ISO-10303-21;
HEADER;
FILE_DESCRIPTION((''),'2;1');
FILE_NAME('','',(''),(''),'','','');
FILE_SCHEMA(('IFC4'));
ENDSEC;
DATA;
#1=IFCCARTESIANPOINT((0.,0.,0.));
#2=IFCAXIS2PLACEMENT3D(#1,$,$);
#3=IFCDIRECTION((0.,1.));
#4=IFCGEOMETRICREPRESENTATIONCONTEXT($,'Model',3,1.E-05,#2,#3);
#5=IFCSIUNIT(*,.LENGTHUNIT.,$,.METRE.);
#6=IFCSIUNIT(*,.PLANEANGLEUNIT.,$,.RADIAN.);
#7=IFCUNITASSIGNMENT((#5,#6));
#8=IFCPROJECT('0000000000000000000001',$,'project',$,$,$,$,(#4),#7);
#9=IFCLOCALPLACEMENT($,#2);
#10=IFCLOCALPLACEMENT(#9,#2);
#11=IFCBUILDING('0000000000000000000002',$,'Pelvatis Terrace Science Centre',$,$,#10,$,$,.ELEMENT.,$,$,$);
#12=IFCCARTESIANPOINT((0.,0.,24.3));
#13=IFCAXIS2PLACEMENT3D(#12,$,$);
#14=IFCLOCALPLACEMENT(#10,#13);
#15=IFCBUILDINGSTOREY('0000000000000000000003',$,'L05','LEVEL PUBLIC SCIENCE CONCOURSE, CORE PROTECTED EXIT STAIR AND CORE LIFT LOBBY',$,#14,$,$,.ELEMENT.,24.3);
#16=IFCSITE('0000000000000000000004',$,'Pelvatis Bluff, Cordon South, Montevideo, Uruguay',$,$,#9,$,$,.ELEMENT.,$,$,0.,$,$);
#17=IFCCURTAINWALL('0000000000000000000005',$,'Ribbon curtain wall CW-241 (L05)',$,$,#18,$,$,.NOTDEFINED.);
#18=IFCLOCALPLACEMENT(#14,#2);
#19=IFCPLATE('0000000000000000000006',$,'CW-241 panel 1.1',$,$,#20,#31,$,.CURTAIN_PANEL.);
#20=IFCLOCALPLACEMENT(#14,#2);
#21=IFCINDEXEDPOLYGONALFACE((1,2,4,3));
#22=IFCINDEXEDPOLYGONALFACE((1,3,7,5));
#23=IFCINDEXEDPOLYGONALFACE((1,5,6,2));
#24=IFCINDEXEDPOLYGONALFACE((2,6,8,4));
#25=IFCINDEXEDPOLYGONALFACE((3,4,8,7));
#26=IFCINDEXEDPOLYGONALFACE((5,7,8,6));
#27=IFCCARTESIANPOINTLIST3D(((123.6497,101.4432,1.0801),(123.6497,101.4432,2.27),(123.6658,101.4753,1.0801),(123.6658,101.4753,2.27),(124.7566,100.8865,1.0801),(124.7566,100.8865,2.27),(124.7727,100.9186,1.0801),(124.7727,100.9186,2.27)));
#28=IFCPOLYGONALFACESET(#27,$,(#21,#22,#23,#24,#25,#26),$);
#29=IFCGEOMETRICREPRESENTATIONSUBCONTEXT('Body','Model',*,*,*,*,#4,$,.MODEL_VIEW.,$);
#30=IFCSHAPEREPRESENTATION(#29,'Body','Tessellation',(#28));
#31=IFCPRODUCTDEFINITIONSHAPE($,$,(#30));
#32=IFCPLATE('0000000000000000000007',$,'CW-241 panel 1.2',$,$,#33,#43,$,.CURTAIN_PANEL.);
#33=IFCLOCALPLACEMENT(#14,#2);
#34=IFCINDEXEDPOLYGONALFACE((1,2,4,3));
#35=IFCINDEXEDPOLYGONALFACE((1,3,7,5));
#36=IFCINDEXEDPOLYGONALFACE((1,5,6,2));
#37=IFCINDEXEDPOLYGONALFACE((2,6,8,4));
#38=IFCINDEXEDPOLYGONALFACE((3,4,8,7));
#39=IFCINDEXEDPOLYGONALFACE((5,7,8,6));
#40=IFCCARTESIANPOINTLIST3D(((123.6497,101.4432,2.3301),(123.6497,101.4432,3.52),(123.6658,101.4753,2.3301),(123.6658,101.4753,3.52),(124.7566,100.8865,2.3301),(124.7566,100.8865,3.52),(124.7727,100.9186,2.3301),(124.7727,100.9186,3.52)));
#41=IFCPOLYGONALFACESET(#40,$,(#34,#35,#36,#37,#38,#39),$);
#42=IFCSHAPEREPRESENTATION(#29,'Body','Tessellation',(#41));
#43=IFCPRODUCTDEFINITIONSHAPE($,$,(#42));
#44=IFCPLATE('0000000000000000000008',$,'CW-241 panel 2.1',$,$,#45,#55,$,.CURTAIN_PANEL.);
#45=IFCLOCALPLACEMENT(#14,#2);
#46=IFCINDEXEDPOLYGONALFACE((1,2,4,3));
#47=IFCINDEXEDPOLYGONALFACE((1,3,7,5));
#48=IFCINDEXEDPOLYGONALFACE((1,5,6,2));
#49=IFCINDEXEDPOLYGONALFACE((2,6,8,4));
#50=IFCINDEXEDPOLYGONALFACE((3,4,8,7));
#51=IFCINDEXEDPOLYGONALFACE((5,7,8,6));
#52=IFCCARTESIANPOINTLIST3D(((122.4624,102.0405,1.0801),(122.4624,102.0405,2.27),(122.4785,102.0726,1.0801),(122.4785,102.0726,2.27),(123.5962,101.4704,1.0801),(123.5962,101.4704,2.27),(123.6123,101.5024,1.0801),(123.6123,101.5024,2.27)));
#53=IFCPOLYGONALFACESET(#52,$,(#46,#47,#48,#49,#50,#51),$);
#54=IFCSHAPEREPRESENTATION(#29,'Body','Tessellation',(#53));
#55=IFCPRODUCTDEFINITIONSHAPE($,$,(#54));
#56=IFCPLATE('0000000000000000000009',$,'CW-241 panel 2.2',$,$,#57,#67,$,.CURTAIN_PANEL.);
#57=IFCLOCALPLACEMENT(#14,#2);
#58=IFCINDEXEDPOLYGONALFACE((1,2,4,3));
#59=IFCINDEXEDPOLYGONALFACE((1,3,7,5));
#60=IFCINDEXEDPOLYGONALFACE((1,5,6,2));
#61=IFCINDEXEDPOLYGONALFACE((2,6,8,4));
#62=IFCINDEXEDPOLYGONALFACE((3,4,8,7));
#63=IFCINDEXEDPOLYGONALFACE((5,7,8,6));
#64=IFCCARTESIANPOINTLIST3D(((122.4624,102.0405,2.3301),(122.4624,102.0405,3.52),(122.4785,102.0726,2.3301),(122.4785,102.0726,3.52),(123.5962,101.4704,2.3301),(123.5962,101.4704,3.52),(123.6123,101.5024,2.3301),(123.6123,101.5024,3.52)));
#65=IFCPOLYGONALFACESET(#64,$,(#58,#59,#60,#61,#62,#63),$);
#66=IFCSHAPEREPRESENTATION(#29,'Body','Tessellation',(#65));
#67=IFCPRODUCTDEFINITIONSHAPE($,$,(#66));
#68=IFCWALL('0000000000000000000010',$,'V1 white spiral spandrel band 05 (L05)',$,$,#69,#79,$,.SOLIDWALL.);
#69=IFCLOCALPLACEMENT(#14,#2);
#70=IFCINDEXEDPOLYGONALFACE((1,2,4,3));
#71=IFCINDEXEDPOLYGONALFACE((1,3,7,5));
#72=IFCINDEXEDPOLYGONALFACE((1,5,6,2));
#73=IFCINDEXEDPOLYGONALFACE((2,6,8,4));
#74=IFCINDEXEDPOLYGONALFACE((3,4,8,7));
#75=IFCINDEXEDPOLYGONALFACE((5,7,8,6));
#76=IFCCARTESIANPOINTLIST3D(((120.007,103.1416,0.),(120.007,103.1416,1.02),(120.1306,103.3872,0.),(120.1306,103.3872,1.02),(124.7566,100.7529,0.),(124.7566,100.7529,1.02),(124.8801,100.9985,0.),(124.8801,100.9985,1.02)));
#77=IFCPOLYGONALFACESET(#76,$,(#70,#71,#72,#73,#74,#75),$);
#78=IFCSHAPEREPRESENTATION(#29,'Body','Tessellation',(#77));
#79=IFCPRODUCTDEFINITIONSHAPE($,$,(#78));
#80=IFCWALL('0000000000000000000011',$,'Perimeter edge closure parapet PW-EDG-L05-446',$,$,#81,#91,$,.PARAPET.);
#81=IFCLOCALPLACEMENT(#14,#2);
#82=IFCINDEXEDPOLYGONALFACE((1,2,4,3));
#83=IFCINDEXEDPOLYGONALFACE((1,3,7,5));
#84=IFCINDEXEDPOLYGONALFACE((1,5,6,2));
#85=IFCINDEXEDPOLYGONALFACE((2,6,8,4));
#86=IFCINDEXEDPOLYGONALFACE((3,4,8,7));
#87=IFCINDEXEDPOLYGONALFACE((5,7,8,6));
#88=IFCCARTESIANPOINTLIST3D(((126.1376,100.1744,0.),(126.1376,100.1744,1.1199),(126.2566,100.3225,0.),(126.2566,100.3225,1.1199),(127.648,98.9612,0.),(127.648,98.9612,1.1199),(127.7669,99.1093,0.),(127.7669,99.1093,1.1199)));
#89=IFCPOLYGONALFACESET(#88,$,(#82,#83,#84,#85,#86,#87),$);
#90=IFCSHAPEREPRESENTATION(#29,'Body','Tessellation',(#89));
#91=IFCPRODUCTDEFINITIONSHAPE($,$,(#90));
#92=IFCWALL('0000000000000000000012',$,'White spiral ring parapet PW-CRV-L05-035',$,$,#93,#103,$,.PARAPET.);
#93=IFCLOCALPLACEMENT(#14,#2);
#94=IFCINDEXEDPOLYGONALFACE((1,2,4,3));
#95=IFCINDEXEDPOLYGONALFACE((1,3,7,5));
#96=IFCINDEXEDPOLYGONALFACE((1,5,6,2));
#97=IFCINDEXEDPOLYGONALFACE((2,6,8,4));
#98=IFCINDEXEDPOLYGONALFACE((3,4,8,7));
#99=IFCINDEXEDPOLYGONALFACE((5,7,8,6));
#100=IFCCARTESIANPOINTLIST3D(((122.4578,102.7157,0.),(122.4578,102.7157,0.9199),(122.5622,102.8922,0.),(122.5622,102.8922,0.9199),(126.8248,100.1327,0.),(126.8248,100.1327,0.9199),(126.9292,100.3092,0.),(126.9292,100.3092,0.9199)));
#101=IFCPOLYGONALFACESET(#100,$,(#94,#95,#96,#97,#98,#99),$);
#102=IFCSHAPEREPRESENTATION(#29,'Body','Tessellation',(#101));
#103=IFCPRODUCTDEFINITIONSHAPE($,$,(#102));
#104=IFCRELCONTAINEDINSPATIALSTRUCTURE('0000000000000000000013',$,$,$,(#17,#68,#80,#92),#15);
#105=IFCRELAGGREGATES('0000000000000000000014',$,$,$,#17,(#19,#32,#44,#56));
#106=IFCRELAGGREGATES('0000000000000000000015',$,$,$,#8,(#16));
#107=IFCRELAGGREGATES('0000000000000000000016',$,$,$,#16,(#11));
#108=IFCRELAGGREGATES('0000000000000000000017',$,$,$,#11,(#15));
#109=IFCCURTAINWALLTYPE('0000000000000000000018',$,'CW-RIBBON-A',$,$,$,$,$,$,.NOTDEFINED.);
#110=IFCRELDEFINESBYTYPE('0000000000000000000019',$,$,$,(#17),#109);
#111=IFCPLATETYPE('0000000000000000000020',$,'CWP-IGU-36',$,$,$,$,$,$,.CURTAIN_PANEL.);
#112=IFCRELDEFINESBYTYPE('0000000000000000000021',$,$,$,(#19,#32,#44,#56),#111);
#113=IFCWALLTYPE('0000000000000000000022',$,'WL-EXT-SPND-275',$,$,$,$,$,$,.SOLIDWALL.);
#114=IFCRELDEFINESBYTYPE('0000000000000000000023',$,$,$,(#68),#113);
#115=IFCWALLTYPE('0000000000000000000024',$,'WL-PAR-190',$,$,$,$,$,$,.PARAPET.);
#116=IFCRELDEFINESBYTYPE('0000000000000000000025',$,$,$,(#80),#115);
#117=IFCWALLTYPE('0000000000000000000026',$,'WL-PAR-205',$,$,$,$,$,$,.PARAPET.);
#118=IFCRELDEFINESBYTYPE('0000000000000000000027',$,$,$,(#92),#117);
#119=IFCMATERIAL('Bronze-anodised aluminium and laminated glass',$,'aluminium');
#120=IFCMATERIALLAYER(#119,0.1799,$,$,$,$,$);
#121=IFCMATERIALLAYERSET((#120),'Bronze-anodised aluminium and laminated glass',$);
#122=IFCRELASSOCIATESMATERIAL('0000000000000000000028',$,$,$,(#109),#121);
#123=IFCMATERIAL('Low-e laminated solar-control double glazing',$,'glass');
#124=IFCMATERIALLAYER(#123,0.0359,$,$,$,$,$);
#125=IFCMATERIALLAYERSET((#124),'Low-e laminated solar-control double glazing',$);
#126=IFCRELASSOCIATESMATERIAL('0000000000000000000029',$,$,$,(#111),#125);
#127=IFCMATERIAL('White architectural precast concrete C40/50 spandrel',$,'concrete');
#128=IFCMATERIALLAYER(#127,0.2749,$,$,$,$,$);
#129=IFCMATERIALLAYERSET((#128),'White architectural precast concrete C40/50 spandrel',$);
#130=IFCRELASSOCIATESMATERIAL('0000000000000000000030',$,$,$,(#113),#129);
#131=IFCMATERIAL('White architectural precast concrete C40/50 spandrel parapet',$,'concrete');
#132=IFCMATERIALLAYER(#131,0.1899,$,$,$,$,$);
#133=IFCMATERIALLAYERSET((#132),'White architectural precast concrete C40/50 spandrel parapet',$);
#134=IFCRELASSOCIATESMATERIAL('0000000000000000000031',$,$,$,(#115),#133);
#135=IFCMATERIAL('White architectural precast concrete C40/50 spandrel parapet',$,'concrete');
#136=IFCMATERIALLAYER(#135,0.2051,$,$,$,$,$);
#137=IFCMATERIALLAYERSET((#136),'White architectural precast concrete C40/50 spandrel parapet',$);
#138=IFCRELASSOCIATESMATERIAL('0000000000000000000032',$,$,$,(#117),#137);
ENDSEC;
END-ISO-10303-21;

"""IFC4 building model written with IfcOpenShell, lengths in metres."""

from ifc_helpers import new_model, si_unit, direction, frame, frame_2d, origin, origin_2d, place, context, subcontext, project, spatial, rectangle, extrude, material, layer, layer_set, type_object, element, aggregate, save


model = new_model("IFC4")

# Units and contexts
model_context = context("Model", 3, precision=1e-05, world=origin(), true_north=direction((0.0, 1.0)))
body_context = subcontext(model_context, "Body", "Model", "MODEL_VIEW")
ifc_project = project(units=[si_unit("LENGTHUNIT", "METRE"), si_unit("PLANEANGLEUNIT", "RADIAN")], contexts=[model_context])

# Site, building, storey
site_placement = place(None, origin())
site = spatial("IfcSite", under=ifc_project, at=site_placement, Name="Pelvatis Bluff, Cordon South, Montevideo, Uruguay", CompositionType="ELEMENT", RefElevation=0.0)
building_placement = place(site_placement, origin())
building = spatial("IfcBuilding", under=site, at=building_placement, Name="Pelvatis Terrace Science Centre", CompositionType="ELEMENT")
storey_placement = place(building_placement, frame((0.0, 0.0, 24.3)))
storey = spatial("IfcBuildingStorey", under=building, at=storey_placement, Name="L05", Description="LEVEL PUBLIC SCIENCE CONCOURSE, CORE PROTECTED EXIT STAIR AND CORE LIFT LOBBY", CompositionType="ELEMENT", Elevation=24.3)

# Curtain wall
ifc_material_1 = material(Name="Bronze-anodised aluminium and laminated glass", Category="aluminium")
ifc_layer_1 = layer(ifc_material_1, 0.1799)
ifc_layer_set_1 = layer_set([ifc_layer_1], Name="Bronze-anodised aluminium and laminated glass")
curtain_wall_type = type_object("IfcCurtainWallType", Name="CW-RIBBON-A", PredefinedType="NOTDEFINED", material=ifc_layer_set_1)
curtain_wall_1_placement = place(storey_placement, origin())
curtain_wall_1 = element("IfcCurtainWall", 1, at=curtain_wall_1_placement, inside=storey, type_object=curtain_wall_type, Name="Ribbon curtain wall CW-241 (L05)", PredefinedType="NOTDEFINED")

# Plates
ifc_material_2 = material(Name="Low-e laminated solar-control double glazing", Category="glass")
ifc_layer_2 = layer(ifc_material_2, 0.0359)
ifc_layer_set_2 = layer_set([ifc_layer_2], Name="Low-e laminated solar-control double glazing")
plate_type = type_object("IfcPlateType", Name="CWP-IGU-36", PredefinedType="CURTAIN_PANEL", material=ifc_layer_set_2)
plate_1_placement = place(storey_placement, frame((124.2112, 101.1809, 1.0801), z_axis=(0.0, 0.0, 1.0), x_axis=(-0.893379, 0.449304, 0.0)))
plate_1 = element("IfcPlate", 2, at=plate_1_placement, type_object=plate_type, Name="CW-241 panel 1.1", PredefinedType="CURTAIN_PANEL", context=body_context, shape_type="SweptSolid", body=[
    extrude(rectangle(XDim=1.239, YDim=0.0359, at=origin_2d()), origin(), (0.0, 0.0, 1.0), 1.1899),
])
plate_2_placement = place(storey_placement, frame((124.2112, 101.1809, 2.3301), z_axis=(0.0, 0.0, 1.0), x_axis=(-0.893379, 0.449304, 0.0)))
plate_2 = element("IfcPlate", 3, at=plate_2_placement, type_object=plate_type, Name="CW-241 panel 1.2", PredefinedType="CURTAIN_PANEL", context=body_context, shape_type="SweptSolid", body=[
    extrude(rectangle(XDim=1.239, YDim=0.0359, at=origin_2d()), origin(), (0.0, 0.0, 1.0), 1.1899),
])
plate_3_placement = place(storey_placement, frame((123.0374, 101.7715, 1.0801), z_axis=(0.0, 0.0, 1.0), x_axis=(-0.893379, 0.449304, 0.0)))
plate_3 = element("IfcPlate", 4, at=plate_3_placement, type_object=plate_type, Name="CW-241 panel 2.1", PredefinedType="CURTAIN_PANEL", context=body_context, shape_type="SweptSolid", body=[
    extrude(rectangle(XDim=1.269, YDim=0.0359, at=origin_2d()), origin(), (0.0, 0.0, 1.0), 1.1899),
])
plate_4_placement = place(storey_placement, frame((123.0374, 101.7715, 2.3301), z_axis=(0.0, 0.0, 1.0), x_axis=(-0.893379, 0.449304, 0.0)))
plate_4 = element("IfcPlate", 5, at=plate_4_placement, type_object=plate_type, Name="CW-241 panel 2.2", PredefinedType="CURTAIN_PANEL", context=body_context, shape_type="SweptSolid", body=[
    extrude(rectangle(XDim=1.269, YDim=0.0359, at=origin_2d()), origin(), (0.0, 0.0, 1.0), 1.1899),
])
aggregate(curtain_wall_1, [plate_1, plate_2, plate_3, plate_4])

# Walls
ifc_material_3 = material(Name="White architectural precast concrete C40/50 spandrel", Category="concrete")
ifc_layer_3 = layer(ifc_material_3, 0.2749)
ifc_layer_set_3 = layer_set([ifc_layer_3], Name="White architectural precast concrete C40/50 spandrel")
wall_type_1 = type_object("IfcWallType", Name="WL-EXT-SPND-275", PredefinedType="SOLIDWALL", material=ifc_layer_set_3)
wall_1_placement = place(storey_placement, frame((124.8184, 100.8757, 0.0), z_axis=(0.0, 0.0, 1.0), x_axis=(-0.893378, 0.449306, 0.0)))
element("IfcWall", 6, at=wall_1_placement, inside=storey, type_object=wall_type_1, Name="V1 white spiral spandrel band 05 (L05)", PredefinedType="SOLIDWALL", context=body_context, shape_type="SweptSolid", body=[
    extrude(rectangle(XDim=5.3164, YDim=0.2749, at=frame_2d((2.6582, 0.0))), origin(), (0.0, 0.0, 1.0), 1.02),
])
ifc_material_4 = material(Name="White architectural precast concrete C40/50 spandrel parapet", Category="concrete")
ifc_layer_4 = layer(ifc_material_4, 0.1899)
ifc_layer_set_4 = layer_set([ifc_layer_4], Name="White architectural precast concrete C40/50 spandrel parapet")
wall_type_2 = type_object("IfcWallType", Name="WL-PAR-190", PredefinedType="PARAPET", material=ifc_layer_set_4)
wall_2_placement = place(storey_placement, frame((126.197, 100.2485, 0.0), z_axis=(0.0, 0.0, 1.0), x_axis=(0.779625, -0.626246, 0.0)))
element("IfcWall", 7, at=wall_2_placement, inside=storey, type_object=wall_type_2, Name="Perimeter edge closure parapet PW-EDG-L05-446", PredefinedType="PARAPET", context=body_context, shape_type="SweptSolid", body=[
    extrude(rectangle(XDim=1.9373, YDim=0.1899, at=frame_2d((0.9688, 0.0))), origin(), (0.0, 0.0, 1.0), 1.1199),
])
ifc_material_5 = material(Name="White architectural precast concrete C40/50 spandrel parapet", Category="concrete")
ifc_layer_5 = layer(ifc_material_5, 0.2051)
ifc_layer_set_5 = layer_set([ifc_layer_5], Name="White architectural precast concrete C40/50 spandrel parapet")
wall_type_3 = type_object("IfcWallType", Name="WL-PAR-205", PredefinedType="PARAPET", material=ifc_layer_set_5)
wall_3_placement = place(storey_placement, frame((126.877, 100.2209, 0.0), z_axis=(0.0, 0.0, 1.0), x_axis=(-0.860707, 0.509101, 0.0)))
element("IfcWall", 8, at=wall_3_placement, inside=storey, type_object=wall_type_3, Name="White spiral ring parapet PW-CRV-L05-035", PredefinedType="PARAPET", context=body_context, shape_type="SweptSolid", body=[
    extrude(rectangle(XDim=5.0737, YDim=0.2051, at=frame_2d((2.5369, 0.0))), origin(), (0.0, 0.0, 1.0), 0.9199),
])

save(model, "model.ifc")
